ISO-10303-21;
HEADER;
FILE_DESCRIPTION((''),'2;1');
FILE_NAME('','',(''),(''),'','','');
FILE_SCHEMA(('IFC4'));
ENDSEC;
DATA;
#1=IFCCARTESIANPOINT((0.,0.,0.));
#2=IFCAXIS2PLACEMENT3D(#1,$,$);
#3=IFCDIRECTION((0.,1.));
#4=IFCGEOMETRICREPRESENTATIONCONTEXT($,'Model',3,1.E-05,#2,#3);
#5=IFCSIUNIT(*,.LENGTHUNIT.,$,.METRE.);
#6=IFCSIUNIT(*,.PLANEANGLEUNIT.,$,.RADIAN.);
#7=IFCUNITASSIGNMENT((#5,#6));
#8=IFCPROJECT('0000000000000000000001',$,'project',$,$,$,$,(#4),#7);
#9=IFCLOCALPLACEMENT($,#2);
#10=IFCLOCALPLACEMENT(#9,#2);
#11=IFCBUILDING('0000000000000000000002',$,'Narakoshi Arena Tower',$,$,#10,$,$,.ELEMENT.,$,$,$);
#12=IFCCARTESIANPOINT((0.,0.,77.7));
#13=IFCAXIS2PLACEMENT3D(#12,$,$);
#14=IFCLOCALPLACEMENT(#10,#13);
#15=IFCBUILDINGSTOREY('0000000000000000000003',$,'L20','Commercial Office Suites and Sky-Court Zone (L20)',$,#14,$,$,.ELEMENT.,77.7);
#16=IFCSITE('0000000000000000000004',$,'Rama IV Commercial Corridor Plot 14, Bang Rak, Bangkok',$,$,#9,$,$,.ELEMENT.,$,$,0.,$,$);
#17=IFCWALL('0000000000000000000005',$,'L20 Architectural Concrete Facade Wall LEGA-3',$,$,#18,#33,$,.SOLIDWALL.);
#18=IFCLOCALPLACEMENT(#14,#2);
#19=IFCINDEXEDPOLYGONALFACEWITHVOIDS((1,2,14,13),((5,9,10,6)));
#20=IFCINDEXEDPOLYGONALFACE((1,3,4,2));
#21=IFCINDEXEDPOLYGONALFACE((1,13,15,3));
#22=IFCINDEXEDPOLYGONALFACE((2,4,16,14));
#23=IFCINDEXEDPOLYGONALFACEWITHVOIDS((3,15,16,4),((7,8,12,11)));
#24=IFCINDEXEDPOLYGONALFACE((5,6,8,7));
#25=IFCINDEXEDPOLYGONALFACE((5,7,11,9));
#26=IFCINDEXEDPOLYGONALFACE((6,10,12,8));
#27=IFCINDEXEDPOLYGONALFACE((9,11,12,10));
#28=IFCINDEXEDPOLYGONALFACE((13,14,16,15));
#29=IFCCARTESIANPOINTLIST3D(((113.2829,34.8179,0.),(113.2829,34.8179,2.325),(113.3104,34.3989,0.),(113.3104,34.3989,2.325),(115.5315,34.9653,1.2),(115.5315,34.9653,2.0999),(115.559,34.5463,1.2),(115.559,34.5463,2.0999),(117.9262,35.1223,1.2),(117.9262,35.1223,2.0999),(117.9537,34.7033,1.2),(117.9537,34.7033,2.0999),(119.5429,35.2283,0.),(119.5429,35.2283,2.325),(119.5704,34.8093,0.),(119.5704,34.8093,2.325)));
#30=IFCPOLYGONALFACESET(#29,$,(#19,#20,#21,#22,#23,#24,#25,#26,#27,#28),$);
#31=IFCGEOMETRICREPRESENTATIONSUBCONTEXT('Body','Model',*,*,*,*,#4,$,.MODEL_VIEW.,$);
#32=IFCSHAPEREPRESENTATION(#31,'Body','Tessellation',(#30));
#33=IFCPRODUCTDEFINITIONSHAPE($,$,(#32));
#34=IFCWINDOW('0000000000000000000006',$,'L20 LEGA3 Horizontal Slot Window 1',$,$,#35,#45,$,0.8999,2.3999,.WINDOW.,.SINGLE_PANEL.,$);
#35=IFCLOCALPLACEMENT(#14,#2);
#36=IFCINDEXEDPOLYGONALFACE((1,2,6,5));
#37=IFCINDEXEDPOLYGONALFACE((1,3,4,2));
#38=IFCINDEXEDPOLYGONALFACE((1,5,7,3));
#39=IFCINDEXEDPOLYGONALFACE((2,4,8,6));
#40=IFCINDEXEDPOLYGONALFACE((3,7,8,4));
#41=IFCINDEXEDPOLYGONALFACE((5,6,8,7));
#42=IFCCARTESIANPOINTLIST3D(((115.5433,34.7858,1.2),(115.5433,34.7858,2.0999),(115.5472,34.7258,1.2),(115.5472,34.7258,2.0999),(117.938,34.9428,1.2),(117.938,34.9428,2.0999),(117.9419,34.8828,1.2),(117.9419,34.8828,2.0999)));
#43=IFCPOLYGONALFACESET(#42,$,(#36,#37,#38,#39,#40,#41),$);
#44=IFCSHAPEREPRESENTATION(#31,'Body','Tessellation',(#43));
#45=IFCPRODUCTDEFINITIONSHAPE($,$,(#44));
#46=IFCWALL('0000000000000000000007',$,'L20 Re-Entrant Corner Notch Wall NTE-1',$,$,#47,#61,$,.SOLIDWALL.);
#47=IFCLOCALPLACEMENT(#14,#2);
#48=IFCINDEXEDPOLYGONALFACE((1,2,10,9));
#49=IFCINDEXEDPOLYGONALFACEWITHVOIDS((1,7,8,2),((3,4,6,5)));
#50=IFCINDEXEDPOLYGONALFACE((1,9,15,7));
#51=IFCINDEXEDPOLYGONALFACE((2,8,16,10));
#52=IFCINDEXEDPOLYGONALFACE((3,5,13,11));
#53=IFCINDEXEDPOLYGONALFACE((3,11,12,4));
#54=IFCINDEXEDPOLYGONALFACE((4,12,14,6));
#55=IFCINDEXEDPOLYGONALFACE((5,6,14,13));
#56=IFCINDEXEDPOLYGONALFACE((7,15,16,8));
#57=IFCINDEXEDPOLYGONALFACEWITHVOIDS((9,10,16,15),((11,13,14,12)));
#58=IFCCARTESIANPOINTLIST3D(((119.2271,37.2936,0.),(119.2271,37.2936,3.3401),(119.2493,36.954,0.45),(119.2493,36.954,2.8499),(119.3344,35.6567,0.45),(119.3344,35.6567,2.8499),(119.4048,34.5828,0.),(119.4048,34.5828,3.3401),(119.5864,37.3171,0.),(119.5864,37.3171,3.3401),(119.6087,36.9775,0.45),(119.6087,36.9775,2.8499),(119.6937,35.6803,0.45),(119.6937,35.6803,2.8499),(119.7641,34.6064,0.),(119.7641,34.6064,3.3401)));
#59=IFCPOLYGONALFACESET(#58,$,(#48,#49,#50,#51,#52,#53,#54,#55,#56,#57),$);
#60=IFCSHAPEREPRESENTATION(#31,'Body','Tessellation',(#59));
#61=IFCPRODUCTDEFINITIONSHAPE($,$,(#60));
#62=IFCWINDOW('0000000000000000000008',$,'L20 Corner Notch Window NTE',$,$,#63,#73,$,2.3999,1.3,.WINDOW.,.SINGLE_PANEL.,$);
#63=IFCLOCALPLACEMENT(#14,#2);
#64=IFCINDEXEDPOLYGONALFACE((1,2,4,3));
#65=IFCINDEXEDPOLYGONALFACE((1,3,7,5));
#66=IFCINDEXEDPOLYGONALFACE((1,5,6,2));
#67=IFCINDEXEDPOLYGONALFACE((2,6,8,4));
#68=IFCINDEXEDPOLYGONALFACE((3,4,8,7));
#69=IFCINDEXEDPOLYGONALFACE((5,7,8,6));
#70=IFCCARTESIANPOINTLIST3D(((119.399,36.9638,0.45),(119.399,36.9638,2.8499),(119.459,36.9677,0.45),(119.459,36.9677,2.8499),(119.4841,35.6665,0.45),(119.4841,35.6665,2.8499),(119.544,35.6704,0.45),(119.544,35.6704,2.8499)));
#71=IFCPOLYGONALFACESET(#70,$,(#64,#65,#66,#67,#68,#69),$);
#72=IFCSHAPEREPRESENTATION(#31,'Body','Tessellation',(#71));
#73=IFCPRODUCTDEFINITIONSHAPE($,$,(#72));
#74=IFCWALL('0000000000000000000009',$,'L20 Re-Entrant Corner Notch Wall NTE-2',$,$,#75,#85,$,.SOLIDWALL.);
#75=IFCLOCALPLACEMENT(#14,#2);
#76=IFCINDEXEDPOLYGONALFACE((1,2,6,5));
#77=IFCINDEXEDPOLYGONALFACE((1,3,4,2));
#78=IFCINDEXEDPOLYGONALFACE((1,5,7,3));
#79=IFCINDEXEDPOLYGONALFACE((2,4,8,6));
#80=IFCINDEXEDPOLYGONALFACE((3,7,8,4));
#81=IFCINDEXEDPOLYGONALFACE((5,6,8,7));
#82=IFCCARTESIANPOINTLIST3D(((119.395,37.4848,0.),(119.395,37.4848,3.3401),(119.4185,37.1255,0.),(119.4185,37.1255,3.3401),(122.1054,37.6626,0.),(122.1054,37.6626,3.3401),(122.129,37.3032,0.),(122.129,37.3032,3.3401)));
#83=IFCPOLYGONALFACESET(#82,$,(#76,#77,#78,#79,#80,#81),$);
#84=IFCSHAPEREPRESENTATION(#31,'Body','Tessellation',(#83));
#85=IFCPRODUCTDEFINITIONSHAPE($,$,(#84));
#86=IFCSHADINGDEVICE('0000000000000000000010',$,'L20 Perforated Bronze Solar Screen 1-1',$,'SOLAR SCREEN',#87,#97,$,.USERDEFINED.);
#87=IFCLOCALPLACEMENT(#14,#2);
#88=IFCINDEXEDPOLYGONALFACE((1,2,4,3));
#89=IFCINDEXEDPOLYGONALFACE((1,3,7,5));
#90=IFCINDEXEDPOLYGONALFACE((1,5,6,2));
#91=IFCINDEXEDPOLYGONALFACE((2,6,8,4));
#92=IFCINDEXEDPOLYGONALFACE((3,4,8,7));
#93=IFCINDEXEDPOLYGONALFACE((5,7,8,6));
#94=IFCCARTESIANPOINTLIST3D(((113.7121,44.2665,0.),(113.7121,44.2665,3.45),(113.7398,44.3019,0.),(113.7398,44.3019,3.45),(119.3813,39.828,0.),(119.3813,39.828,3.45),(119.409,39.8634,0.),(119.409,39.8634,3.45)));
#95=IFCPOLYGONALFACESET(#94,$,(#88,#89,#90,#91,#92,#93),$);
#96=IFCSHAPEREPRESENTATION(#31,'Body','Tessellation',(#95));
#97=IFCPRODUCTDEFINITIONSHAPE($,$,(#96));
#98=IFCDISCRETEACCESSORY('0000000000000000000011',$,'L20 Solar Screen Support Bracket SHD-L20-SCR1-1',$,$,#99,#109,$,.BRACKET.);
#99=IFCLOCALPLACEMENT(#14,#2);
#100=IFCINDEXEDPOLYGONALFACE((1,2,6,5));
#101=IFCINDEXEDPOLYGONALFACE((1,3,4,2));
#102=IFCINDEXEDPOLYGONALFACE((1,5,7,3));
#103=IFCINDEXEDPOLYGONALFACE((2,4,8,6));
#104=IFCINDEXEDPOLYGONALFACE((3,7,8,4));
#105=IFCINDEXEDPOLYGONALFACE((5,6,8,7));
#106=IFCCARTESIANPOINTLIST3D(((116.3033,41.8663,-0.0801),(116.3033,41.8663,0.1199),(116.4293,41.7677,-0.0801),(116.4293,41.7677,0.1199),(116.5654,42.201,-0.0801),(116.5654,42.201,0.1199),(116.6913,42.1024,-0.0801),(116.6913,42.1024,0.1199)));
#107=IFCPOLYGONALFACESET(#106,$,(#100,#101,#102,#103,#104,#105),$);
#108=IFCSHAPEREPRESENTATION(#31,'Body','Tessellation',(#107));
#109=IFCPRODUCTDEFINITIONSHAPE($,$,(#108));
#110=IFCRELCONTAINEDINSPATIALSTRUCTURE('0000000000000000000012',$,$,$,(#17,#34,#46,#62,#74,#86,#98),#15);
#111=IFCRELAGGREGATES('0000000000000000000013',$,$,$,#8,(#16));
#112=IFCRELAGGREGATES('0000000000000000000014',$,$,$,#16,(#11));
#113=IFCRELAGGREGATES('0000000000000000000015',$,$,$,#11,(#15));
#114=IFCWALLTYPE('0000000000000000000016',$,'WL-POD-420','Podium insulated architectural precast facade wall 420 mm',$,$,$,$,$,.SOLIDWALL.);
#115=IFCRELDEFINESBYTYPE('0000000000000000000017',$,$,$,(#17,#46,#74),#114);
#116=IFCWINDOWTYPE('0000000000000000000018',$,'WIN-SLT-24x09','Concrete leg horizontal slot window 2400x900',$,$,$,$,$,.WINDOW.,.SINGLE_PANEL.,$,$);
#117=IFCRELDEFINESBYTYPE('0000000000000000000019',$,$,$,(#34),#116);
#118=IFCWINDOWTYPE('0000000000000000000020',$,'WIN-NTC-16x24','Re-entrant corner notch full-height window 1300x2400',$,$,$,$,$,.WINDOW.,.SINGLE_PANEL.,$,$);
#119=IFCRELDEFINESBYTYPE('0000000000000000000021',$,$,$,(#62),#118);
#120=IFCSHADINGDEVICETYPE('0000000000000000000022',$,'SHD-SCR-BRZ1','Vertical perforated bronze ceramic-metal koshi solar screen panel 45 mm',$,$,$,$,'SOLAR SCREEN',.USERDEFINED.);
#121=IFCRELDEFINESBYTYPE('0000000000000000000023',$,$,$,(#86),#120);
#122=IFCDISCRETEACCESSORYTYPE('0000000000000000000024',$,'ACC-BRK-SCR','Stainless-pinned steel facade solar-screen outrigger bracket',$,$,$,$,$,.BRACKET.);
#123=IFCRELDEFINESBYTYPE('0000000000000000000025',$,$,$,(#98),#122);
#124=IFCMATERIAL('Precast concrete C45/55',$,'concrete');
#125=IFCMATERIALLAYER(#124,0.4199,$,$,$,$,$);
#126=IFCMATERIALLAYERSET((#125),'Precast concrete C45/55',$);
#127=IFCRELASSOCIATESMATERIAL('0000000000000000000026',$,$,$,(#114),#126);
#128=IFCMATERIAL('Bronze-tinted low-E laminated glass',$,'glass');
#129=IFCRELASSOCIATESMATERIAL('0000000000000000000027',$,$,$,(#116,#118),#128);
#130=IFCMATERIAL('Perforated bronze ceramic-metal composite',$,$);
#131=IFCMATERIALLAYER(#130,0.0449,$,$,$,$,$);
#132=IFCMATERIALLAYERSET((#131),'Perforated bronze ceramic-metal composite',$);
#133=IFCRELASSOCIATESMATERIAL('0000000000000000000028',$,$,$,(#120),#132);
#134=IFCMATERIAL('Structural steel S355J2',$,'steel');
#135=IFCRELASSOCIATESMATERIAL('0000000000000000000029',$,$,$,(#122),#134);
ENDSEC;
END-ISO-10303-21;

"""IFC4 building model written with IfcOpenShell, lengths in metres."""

from ifc_helpers import new_model, si_unit, direction, frame, frame_2d, origin, origin_2d, place, context, subcontext, project, spatial, rectangle, extrude, material, layer, layer_set, type_object, element, fill, save


model = new_model("IFC4")

# Units and contexts
model_context = context("Model", 3, precision=1e-05, world=origin(), true_north=direction((0.0, 1.0)))
body_context = subcontext(model_context, "Body", "Model", "MODEL_VIEW")
ifc_project = project(units=[si_unit("LENGTHUNIT", "METRE"), si_unit("PLANEANGLEUNIT", "RADIAN")], contexts=[model_context])

# Site, building, storey
site_placement = place(None, origin())
site = spatial("IfcSite", under=ifc_project, at=site_placement, Name="Rama IV Commercial Corridor Plot 14, Bang Rak, Bangkok", CompositionType="ELEMENT", RefElevation=0.0)
building_placement = place(site_placement, origin())
building = spatial("IfcBuilding", under=site, at=building_placement, Name="Narakoshi Arena Tower", CompositionType="ELEMENT")
storey_placement = place(building_placement, frame((0.0, 0.0, 77.7)))
storey = spatial("IfcBuildingStorey", under=building, at=storey_placement, Name="L20", Description="Commercial Office Suites and Sky-Court Zone (L20)", CompositionType="ELEMENT", Elevation=77.7)

# Shared definitions
ifc_material_1 = material(Name="Structural steel S355J2", Category="steel")

# Shared definitions
ifc_material_2 = material(Name="Bronze-tinted low-E laminated glass", Category="glass")

# Shared definitions
ifc_material_3 = material(Name="Precast concrete C45/55", Category="concrete")

# Walls, openings, windows
ifc_layer_1 = layer(ifc_material_3, 0.4199)
ifc_layer_set_1 = layer_set([ifc_layer_1], Name="Precast concrete C45/55")
wall_type_1 = type_object("IfcWallType", Name="WL-POD-420", Description="Podium insulated architectural precast facade wall 420 mm", PredefinedType="SOLIDWALL", material=ifc_layer_set_1)
wall_1_placement = place(storey_placement, frame((113.2966, 34.6084, 0.0), z_axis=(0.0, 0.0, 1.0), x_axis=(0.997858, 0.065419, 0.0)))
wall_1 = element("IfcWall", 1, at=wall_1_placement, inside=storey, type_object=wall_type_1, Name="L20 Architectural Concrete Facade Wall LEGA-3", PredefinedType="SOLIDWALL", context=body_context, shape_type="SweptSolid", body=[
    extrude(rectangle(XDim=6.2734, YDim=0.4199, at=frame_2d((3.1367, 0.0))), origin(), (0.0, 0.0, 1.0), 2.325),
])
opening_1_placement = place(wall_1_placement, frame((2.2534, 0.0, 1.2)))
opening_1 = element("IfcOpeningElement", 2, at=opening_1_placement, cuts=wall_1, PredefinedType="OPENING", context=body_context, shape_type="SweptSolid", body=[
    extrude(rectangle(XDim=2.3999, YDim=0.8999, at=frame_2d((1.2, 0.45))), frame((0.0, 0.22, 0.0), z_axis=(0.0, -1.0, 0.0), x_axis=(1.0, 0.0, 0.0)), (0.0, 0.0, 1.0), 0.4399),
])
window_type_1 = type_object("IfcWindowType", Name="WIN-SLT-24x09", Description="Concrete leg horizontal slot window 2400x900", PartitioningType="SINGLE_PANEL", PredefinedType="WINDOW", material=ifc_material_2)
window_1_placement = place(opening_1_placement, origin())
window_1 = element("IfcWindow", 3, at=window_1_placement, inside=storey, type_object=window_type_1, Name="L20 LEGA3 Horizontal Slot Window 1", OverallHeight=0.8999, OverallWidth=2.3999, PartitioningType="SINGLE_PANEL", PredefinedType="WINDOW", context=body_context, shape_type="SweptSolid", body=[
    extrude(rectangle(XDim=2.3999, YDim=0.8999, at=frame_2d((1.2, 0.45))), frame((0.0, 0.03, 0.0), z_axis=(0.0, -1.0, 0.0), x_axis=(1.0, 0.0, 0.0)), (0.0, 0.0, 1.0), 0.0601),
])
fill(opening_1, window_1)
wall_2_placement = place(storey_placement, frame((119.5845, 34.5945, 0.0), z_axis=(0.0, 0.0, 1.0), x_axis=(-0.065427, 0.997857, 0.0)))
wall_2 = element("IfcWall", 4, at=wall_2_placement, inside=storey, type_object=wall_type_1, Name="L20 Re-Entrant Corner Notch Wall NTE-1", PredefinedType="SOLIDWALL", context=body_context, shape_type="SweptSolid", body=[
    extrude(rectangle(XDim=2.7166, YDim=0.3601, at=frame_2d((1.3584, 0.0))), origin(), (0.0, 0.0, 1.0), 3.3401),
])
opening_2_placement = place(wall_2_placement, frame((1.0764, 0.0, 0.45)))
opening_2 = element("IfcOpeningElement", 5, at=opening_2_placement, cuts=wall_2, PredefinedType="OPENING", context=body_context, shape_type="SweptSolid", body=[
    extrude(rectangle(XDim=1.3, YDim=2.3999, at=frame_2d((0.6499, 1.2))), frame((0.0, 0.1899, 0.0), z_axis=(0.0, -1.0, 0.0), x_axis=(1.0, 0.0, 0.0)), (0.0, 0.0, 1.0), 0.3801),
])
window_type_2 = type_object("IfcWindowType", Name="WIN-NTC-16x24", Description="Re-entrant corner notch full-height window 1300x2400", PartitioningType="SINGLE_PANEL", PredefinedType="WINDOW", material=ifc_material_2)
window_2_placement = place(opening_2_placement, origin())
window_2 = element("IfcWindow", 6, at=window_2_placement, inside=storey, type_object=window_type_2, Name="L20 Corner Notch Window NTE", OverallHeight=2.3999, OverallWidth=1.3, PartitioningType="SINGLE_PANEL", PredefinedType="WINDOW", context=body_context, shape_type="SweptSolid", body=[
    extrude(rectangle(XDim=1.3, YDim=2.3999, at=frame_2d((0.6499, 1.2))), frame((0.0, 0.03, 0.0), z_axis=(0.0, -1.0, 0.0), x_axis=(1.0, 0.0, 0.0)), (0.0, 0.0, 1.0), 0.0601),
])
fill(opening_2, window_2)

# Wall
wall_3_placement = place(storey_placement, frame((119.4067, 37.3052, 0.0), z_axis=(0.0, 0.0, 1.0), x_axis=(0.997857, 0.065433, 0.0)))
element("IfcWall", 7, at=wall_3_placement, inside=storey, type_object=wall_type_1, Name="L20 Re-Entrant Corner Notch Wall NTE-2", PredefinedType="SOLIDWALL", context=body_context, shape_type="SweptSolid", body=[
    extrude(rectangle(XDim=2.7163, YDim=0.3601, at=frame_2d((1.3582, 0.0))), origin(), (0.0, 0.0, 1.0), 3.3401),
])

# Shading device
ifc_material_4 = material(Name="Perforated bronze ceramic-metal composite")
ifc_layer_2 = layer(ifc_material_4, 0.0449)
ifc_layer_set_2 = layer_set([ifc_layer_2], Name="Perforated bronze ceramic-metal composite")
shading_device_type = type_object("IfcShadingDeviceType", Name="SHD-SCR-BRZ1", Description="Vertical perforated bronze ceramic-metal koshi solar screen panel 45 mm", ElementType="SOLAR SCREEN", PredefinedType="USERDEFINED", material=ifc_layer_set_2)
shading_device_placement = place(storey_placement, frame((116.5605, 42.0649, 0.0), z_axis=(0.0, 0.0, 1.0), x_axis=(-0.787387, 0.616459, 0.0)))
element("IfcShadingDevice", 8, at=shading_device_placement, inside=storey, type_object=shading_device_type, Name="L20 Perforated Bronze Solar Screen 1-1", ObjectType="SOLAR SCREEN", PredefinedType="USERDEFINED", context=body_context, shape_type="SweptSolid", body=[
    extrude(rectangle(XDim=7.2, YDim=0.0449, at=origin_2d()), origin(), (0.0, 0.0, 1.0), 3.45),
])

# Discrete accessory
discrete_accessory_type = type_object("IfcDiscreteAccessoryType", Name="ACC-BRK-SCR", Description="Stainless-pinned steel facade solar-screen outrigger bracket", PredefinedType="BRACKET", material=ifc_material_1)
discrete_accessory_placement = place(storey_placement, frame((116.4973, 41.9844, -0.0801), z_axis=(0.0, 0.0, 1.0), x_axis=(-0.787387, 0.616459, 0.0)))
element("IfcDiscreteAccessory", 9, at=discrete_accessory_placement, inside=storey, type_object=discrete_accessory_type, Name="L20 Solar Screen Support Bracket SHD-L20-SCR1-1", PredefinedType="BRACKET", context=body_context, shape_type="SweptSolid", body=[
    extrude(rectangle(XDim=0.1599, YDim=0.425, at=origin_2d()), origin(), (0.0, 0.0, 1.0), 0.2),
])

save(model, "model.ifc")
